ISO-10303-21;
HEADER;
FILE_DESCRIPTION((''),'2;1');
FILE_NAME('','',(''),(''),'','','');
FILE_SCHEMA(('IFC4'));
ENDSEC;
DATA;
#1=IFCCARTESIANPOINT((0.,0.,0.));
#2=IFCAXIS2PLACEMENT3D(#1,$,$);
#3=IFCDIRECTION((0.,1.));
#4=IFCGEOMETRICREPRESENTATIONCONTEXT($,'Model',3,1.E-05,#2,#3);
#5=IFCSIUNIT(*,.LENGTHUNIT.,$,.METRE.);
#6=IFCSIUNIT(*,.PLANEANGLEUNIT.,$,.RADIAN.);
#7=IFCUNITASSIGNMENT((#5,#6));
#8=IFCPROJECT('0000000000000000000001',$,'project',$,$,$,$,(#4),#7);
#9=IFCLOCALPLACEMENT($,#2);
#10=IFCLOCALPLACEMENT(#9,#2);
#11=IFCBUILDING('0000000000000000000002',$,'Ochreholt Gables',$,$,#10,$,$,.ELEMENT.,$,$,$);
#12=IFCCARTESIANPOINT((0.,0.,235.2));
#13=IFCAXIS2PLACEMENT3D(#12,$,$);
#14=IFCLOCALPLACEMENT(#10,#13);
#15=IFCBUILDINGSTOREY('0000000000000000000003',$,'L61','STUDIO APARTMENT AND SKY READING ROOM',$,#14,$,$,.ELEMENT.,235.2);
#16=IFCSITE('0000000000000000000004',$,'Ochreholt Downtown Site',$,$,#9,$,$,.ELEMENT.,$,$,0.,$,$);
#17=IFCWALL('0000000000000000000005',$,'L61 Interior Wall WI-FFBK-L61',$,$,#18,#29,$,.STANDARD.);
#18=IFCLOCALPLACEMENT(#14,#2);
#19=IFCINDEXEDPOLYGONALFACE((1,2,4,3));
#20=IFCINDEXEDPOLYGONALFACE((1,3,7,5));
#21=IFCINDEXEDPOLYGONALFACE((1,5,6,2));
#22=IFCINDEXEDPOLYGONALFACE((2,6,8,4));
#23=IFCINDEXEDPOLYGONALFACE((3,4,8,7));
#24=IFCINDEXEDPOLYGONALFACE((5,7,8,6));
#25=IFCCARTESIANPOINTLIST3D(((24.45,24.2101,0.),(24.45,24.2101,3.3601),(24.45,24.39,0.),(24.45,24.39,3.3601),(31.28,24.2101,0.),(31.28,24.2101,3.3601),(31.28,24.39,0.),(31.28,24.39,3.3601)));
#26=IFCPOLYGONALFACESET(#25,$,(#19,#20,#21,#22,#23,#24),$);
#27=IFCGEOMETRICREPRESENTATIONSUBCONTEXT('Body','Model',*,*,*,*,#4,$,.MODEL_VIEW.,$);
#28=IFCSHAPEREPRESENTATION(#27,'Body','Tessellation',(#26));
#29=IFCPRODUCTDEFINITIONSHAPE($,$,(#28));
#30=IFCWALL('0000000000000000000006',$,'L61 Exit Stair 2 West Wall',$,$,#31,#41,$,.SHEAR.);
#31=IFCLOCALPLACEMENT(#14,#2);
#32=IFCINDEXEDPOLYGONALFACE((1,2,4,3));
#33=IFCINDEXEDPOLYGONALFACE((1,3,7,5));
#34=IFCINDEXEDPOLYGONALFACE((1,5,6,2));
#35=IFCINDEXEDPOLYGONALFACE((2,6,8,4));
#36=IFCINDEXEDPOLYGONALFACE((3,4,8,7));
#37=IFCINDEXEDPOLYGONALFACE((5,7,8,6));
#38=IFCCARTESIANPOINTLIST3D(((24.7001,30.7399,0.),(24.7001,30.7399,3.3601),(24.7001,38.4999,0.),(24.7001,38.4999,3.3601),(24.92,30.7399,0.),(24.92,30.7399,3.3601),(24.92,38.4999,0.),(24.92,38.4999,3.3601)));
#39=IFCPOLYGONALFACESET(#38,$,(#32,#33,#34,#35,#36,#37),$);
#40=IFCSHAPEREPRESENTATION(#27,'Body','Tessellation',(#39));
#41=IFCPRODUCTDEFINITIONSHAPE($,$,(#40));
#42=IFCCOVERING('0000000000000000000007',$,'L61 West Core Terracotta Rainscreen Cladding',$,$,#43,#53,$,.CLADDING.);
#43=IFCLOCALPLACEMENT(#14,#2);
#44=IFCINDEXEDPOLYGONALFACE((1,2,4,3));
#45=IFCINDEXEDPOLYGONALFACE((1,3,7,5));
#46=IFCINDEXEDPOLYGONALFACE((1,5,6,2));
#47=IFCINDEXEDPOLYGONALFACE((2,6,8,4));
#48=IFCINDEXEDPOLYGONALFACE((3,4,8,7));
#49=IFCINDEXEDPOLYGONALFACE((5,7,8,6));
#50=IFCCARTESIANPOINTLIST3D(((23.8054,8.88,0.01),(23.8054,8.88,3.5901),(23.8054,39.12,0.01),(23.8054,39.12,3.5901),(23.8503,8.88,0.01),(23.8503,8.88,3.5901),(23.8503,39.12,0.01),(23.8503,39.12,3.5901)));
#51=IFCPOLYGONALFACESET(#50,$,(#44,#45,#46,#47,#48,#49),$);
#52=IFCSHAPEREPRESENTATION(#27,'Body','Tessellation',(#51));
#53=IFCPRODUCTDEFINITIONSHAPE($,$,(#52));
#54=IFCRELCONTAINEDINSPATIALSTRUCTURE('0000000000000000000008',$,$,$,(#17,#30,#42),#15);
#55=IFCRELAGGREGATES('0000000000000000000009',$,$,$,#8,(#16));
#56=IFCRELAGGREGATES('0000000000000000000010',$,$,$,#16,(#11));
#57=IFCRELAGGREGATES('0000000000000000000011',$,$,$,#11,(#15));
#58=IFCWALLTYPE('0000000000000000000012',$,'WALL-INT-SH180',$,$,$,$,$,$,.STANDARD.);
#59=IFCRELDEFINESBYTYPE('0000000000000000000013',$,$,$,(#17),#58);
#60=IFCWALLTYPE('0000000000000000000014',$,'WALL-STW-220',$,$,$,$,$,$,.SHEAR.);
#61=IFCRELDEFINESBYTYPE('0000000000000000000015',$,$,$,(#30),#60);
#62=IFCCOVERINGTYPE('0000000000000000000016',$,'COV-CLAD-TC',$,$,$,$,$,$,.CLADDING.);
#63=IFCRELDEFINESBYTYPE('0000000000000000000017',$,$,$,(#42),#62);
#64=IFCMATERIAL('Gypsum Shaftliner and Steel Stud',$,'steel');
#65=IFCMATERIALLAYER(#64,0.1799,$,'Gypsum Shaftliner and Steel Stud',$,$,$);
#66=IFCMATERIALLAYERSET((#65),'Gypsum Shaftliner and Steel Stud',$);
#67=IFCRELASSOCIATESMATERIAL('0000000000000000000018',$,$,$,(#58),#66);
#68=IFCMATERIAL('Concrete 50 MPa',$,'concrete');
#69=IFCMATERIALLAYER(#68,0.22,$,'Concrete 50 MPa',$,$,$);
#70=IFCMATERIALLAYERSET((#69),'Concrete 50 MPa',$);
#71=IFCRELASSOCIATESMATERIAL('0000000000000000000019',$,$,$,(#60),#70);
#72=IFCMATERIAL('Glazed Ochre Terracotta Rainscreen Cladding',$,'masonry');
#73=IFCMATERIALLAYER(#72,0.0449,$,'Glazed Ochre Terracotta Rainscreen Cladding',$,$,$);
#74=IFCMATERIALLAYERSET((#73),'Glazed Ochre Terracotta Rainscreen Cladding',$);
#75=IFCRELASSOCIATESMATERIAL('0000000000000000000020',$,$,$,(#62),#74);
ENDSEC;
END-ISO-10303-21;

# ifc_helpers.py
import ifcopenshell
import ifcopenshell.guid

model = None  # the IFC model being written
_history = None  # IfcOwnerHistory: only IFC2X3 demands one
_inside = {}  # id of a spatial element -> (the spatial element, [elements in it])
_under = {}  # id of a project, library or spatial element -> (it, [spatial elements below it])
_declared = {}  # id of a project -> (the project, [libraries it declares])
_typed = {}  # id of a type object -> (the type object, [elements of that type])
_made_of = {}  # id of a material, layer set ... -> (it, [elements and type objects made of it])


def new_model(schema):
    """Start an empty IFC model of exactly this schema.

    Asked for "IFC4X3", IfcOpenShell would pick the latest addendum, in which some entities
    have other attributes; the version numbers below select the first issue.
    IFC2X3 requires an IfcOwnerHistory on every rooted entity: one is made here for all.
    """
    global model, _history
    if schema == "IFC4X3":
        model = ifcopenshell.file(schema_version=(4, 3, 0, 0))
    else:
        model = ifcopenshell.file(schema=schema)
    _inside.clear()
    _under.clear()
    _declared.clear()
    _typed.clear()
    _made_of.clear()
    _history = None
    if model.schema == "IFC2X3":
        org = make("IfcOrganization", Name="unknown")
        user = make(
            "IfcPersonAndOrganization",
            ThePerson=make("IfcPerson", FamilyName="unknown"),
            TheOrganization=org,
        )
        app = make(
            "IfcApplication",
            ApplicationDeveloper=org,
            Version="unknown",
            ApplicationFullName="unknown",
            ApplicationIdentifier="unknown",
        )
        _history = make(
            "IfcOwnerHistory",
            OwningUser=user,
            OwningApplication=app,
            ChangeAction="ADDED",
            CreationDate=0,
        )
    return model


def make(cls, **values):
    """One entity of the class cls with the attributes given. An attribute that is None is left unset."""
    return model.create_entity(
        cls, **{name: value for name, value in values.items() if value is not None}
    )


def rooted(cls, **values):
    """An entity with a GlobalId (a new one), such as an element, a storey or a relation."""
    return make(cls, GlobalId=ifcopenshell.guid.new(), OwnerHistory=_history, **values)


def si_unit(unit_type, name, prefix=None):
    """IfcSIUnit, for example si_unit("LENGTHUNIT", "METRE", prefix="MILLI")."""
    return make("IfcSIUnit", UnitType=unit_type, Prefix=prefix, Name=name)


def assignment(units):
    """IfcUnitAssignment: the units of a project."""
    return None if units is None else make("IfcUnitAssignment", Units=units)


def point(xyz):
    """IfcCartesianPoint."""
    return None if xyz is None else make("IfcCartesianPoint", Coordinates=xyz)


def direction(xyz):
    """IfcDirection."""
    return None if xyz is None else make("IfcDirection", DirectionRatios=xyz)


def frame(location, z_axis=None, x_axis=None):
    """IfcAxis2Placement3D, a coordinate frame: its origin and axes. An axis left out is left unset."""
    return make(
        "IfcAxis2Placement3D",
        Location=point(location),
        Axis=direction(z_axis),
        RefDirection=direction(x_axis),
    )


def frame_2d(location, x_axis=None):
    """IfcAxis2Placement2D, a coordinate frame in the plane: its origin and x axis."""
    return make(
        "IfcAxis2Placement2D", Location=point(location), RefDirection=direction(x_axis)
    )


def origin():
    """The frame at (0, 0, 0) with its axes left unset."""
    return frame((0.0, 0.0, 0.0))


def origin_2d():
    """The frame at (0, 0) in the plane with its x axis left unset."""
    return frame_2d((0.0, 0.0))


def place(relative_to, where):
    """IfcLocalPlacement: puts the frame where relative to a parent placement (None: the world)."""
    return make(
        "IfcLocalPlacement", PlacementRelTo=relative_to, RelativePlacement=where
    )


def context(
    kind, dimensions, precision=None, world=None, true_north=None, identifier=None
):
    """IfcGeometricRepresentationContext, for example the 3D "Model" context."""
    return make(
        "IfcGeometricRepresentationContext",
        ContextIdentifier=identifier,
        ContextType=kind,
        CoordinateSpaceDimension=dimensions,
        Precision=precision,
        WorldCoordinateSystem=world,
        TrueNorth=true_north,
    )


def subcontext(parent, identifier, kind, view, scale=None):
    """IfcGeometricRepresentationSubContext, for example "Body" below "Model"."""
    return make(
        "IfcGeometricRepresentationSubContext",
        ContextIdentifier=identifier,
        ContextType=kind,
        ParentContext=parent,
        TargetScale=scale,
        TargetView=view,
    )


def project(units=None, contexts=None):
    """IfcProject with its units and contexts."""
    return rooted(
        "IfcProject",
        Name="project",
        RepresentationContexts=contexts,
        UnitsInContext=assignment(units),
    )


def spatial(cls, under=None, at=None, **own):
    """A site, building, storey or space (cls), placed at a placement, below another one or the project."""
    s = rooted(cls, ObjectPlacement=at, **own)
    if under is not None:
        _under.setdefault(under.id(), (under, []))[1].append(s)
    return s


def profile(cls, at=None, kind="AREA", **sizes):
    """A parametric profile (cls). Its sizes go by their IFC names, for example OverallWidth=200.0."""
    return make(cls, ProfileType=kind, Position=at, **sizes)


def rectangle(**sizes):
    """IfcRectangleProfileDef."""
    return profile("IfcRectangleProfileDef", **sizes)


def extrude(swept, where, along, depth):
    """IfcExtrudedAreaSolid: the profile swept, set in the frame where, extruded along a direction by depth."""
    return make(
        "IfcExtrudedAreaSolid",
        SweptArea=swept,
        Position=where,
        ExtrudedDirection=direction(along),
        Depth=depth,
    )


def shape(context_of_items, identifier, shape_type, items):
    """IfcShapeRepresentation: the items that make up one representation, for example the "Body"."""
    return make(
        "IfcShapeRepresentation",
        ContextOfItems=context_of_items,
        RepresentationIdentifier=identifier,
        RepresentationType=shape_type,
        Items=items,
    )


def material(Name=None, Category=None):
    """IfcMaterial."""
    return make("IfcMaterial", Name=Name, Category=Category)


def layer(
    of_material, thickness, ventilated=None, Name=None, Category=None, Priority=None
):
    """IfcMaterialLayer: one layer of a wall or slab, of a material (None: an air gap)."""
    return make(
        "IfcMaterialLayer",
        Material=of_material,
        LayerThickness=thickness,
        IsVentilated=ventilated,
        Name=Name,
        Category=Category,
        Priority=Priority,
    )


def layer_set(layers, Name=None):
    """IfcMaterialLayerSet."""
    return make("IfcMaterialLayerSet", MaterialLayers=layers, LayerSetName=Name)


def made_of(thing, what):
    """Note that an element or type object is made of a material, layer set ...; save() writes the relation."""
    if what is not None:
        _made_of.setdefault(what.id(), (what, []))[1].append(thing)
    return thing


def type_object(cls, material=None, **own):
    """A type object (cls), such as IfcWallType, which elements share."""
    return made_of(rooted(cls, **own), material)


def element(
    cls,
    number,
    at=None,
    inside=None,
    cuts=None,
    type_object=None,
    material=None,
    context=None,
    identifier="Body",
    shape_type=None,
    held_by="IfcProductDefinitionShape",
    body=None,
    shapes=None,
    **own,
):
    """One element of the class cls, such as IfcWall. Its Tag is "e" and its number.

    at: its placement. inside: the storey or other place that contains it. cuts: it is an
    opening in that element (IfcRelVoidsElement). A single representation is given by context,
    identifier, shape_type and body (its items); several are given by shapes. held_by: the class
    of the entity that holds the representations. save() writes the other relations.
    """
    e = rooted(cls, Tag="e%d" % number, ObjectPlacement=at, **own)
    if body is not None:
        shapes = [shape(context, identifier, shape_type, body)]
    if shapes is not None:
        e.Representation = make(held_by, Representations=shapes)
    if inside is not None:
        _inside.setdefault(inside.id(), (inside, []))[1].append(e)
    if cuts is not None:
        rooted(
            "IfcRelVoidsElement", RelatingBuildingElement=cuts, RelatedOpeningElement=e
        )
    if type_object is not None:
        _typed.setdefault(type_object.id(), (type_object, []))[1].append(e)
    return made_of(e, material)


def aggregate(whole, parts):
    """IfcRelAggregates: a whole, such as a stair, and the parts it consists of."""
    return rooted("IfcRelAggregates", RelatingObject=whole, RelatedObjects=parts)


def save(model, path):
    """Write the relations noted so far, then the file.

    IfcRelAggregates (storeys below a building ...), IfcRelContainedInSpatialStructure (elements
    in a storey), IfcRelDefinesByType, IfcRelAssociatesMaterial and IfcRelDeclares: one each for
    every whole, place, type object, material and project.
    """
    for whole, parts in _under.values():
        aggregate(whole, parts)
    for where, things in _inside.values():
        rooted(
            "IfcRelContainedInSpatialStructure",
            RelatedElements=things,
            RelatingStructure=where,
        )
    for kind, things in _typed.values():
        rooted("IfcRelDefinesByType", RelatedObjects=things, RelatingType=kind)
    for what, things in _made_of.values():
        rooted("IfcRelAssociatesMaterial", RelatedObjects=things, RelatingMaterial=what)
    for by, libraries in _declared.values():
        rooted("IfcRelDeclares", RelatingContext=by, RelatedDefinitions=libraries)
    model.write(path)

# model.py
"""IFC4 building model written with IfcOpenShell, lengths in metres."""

from ifc_helpers import new_model, si_unit, direction, frame, frame_2d, origin, origin_2d, place, context, subcontext, project, spatial, rectangle, extrude, material, layer, layer_set, type_object, element, save


model = new_model("IFC4")

# Units and contexts
model_context = context("Model", 3, precision=1e-05, world=origin(), true_north=direction((0.0, 1.0)))
body_context = subcontext(model_context, "Body", "Model", "MODEL_VIEW")
ifc_project = project(units=[si_unit("LENGTHUNIT", "METRE"), si_unit("PLANEANGLEUNIT", "RADIAN")], contexts=[model_context])

# Site, building, storey
site_placement = place(None, origin())
site = spatial("IfcSite", under=ifc_project, at=site_placement, Name="Ochreholt Downtown Site", CompositionType="ELEMENT", RefElevation=0.0)
building_placement = place(site_placement, origin())
building = spatial("IfcBuilding", under=site, at=building_placement, Name="Ochreholt Gables", CompositionType="ELEMENT")
storey_placement = place(building_placement, frame((0.0, 0.0, 235.2)))
storey = spatial("IfcBuildingStorey", under=building, at=storey_placement, Name="L61", Description="STUDIO APARTMENT AND SKY READING ROOM", CompositionType="ELEMENT", Elevation=235.2)

# Shared definitions
ifc_material_1 = material(Name="Concrete 50 MPa", Category="concrete")

# Walls
ifc_material_2 = material(Name="Gypsum Shaftliner and Steel Stud", Category="steel")
ifc_layer_1 = layer(ifc_material_2, 0.1799, Name="Gypsum Shaftliner and Steel Stud")
ifc_layer_set_1 = layer_set([ifc_layer_1], Name="Gypsum Shaftliner and Steel Stud")
wall_type_1 = type_object("IfcWallType", Name="WALL-INT-SH180", PredefinedType="STANDARD", material=ifc_layer_set_1)
wall_1_placement = place(storey_placement, frame((24.45, 24.3, 0.0), z_axis=(0.0, 0.0, 1.0), x_axis=(1.0, 0.0, 0.0)))
element("IfcWall", 1, at=wall_1_placement, inside=storey, type_object=wall_type_1, Name="L61 Interior Wall WI-FFBK-L61", PredefinedType="STANDARD", context=body_context, shape_type="SweptSolid", body=[
    extrude(rectangle(XDim=6.8301, YDim=0.1799, at=frame_2d((3.415, 0.0))), origin(), (0.0, 0.0, 1.0), 3.3601),
])
ifc_layer_2 = layer(ifc_material_1, 0.22, Name="Concrete 50 MPa")
ifc_layer_set_2 = layer_set([ifc_layer_2], Name="Concrete 50 MPa")
wall_type_2 = type_object("IfcWallType", Name="WALL-STW-220", PredefinedType="SHEAR", material=ifc_layer_set_2)
wall_2_placement = place(storey_placement, frame((24.8101, 30.74, 0.0), z_axis=(0.0, 0.0, 1.0), x_axis=(0.0, 1.0, 0.0)))
element("IfcWall", 2, at=wall_2_placement, inside=storey, type_object=wall_type_2, Name="L61 Exit Stair 2 West Wall", PredefinedType="SHEAR", context=body_context, shape_type="SweptSolid", body=[
    extrude(rectangle(XDim=7.76, YDim=0.22, at=frame_2d((3.8799, 0.0))), origin(), (0.0, 0.0, 1.0), 3.3601),
])

# Covering
ifc_material_3 = material(Name="Glazed Ochre Terracotta Rainscreen Cladding", Category="masonry")
ifc_layer_3 = layer(ifc_material_3, 0.0449, Name="Glazed Ochre Terracotta Rainscreen Cladding")
ifc_layer_set_3 = layer_set([ifc_layer_3], Name="Glazed Ochre Terracotta Rainscreen Cladding")
covering_type = type_object("IfcCoveringType", Name="COV-CLAD-TC", PredefinedType="CLADDING", material=ifc_layer_set_3)
covering_placement = place(storey_placement, frame((23.8279, 24.0, 0.01), z_axis=(0.0, 0.0, 1.0), x_axis=(0.0, 1.0, 0.0)))
element("IfcCovering", 3, at=covering_placement, inside=storey, type_object=covering_type, Name="L61 West Core Terracotta Rainscreen Cladding", PredefinedType="CLADDING", context=body_context, shape_type="SweptSolid", body=[
    extrude(rectangle(XDim=30.24, YDim=0.0449, at=origin_2d()), origin(), (0.0, 0.0, 1.0), 3.5801),
])

save(model, "model.ifc")
